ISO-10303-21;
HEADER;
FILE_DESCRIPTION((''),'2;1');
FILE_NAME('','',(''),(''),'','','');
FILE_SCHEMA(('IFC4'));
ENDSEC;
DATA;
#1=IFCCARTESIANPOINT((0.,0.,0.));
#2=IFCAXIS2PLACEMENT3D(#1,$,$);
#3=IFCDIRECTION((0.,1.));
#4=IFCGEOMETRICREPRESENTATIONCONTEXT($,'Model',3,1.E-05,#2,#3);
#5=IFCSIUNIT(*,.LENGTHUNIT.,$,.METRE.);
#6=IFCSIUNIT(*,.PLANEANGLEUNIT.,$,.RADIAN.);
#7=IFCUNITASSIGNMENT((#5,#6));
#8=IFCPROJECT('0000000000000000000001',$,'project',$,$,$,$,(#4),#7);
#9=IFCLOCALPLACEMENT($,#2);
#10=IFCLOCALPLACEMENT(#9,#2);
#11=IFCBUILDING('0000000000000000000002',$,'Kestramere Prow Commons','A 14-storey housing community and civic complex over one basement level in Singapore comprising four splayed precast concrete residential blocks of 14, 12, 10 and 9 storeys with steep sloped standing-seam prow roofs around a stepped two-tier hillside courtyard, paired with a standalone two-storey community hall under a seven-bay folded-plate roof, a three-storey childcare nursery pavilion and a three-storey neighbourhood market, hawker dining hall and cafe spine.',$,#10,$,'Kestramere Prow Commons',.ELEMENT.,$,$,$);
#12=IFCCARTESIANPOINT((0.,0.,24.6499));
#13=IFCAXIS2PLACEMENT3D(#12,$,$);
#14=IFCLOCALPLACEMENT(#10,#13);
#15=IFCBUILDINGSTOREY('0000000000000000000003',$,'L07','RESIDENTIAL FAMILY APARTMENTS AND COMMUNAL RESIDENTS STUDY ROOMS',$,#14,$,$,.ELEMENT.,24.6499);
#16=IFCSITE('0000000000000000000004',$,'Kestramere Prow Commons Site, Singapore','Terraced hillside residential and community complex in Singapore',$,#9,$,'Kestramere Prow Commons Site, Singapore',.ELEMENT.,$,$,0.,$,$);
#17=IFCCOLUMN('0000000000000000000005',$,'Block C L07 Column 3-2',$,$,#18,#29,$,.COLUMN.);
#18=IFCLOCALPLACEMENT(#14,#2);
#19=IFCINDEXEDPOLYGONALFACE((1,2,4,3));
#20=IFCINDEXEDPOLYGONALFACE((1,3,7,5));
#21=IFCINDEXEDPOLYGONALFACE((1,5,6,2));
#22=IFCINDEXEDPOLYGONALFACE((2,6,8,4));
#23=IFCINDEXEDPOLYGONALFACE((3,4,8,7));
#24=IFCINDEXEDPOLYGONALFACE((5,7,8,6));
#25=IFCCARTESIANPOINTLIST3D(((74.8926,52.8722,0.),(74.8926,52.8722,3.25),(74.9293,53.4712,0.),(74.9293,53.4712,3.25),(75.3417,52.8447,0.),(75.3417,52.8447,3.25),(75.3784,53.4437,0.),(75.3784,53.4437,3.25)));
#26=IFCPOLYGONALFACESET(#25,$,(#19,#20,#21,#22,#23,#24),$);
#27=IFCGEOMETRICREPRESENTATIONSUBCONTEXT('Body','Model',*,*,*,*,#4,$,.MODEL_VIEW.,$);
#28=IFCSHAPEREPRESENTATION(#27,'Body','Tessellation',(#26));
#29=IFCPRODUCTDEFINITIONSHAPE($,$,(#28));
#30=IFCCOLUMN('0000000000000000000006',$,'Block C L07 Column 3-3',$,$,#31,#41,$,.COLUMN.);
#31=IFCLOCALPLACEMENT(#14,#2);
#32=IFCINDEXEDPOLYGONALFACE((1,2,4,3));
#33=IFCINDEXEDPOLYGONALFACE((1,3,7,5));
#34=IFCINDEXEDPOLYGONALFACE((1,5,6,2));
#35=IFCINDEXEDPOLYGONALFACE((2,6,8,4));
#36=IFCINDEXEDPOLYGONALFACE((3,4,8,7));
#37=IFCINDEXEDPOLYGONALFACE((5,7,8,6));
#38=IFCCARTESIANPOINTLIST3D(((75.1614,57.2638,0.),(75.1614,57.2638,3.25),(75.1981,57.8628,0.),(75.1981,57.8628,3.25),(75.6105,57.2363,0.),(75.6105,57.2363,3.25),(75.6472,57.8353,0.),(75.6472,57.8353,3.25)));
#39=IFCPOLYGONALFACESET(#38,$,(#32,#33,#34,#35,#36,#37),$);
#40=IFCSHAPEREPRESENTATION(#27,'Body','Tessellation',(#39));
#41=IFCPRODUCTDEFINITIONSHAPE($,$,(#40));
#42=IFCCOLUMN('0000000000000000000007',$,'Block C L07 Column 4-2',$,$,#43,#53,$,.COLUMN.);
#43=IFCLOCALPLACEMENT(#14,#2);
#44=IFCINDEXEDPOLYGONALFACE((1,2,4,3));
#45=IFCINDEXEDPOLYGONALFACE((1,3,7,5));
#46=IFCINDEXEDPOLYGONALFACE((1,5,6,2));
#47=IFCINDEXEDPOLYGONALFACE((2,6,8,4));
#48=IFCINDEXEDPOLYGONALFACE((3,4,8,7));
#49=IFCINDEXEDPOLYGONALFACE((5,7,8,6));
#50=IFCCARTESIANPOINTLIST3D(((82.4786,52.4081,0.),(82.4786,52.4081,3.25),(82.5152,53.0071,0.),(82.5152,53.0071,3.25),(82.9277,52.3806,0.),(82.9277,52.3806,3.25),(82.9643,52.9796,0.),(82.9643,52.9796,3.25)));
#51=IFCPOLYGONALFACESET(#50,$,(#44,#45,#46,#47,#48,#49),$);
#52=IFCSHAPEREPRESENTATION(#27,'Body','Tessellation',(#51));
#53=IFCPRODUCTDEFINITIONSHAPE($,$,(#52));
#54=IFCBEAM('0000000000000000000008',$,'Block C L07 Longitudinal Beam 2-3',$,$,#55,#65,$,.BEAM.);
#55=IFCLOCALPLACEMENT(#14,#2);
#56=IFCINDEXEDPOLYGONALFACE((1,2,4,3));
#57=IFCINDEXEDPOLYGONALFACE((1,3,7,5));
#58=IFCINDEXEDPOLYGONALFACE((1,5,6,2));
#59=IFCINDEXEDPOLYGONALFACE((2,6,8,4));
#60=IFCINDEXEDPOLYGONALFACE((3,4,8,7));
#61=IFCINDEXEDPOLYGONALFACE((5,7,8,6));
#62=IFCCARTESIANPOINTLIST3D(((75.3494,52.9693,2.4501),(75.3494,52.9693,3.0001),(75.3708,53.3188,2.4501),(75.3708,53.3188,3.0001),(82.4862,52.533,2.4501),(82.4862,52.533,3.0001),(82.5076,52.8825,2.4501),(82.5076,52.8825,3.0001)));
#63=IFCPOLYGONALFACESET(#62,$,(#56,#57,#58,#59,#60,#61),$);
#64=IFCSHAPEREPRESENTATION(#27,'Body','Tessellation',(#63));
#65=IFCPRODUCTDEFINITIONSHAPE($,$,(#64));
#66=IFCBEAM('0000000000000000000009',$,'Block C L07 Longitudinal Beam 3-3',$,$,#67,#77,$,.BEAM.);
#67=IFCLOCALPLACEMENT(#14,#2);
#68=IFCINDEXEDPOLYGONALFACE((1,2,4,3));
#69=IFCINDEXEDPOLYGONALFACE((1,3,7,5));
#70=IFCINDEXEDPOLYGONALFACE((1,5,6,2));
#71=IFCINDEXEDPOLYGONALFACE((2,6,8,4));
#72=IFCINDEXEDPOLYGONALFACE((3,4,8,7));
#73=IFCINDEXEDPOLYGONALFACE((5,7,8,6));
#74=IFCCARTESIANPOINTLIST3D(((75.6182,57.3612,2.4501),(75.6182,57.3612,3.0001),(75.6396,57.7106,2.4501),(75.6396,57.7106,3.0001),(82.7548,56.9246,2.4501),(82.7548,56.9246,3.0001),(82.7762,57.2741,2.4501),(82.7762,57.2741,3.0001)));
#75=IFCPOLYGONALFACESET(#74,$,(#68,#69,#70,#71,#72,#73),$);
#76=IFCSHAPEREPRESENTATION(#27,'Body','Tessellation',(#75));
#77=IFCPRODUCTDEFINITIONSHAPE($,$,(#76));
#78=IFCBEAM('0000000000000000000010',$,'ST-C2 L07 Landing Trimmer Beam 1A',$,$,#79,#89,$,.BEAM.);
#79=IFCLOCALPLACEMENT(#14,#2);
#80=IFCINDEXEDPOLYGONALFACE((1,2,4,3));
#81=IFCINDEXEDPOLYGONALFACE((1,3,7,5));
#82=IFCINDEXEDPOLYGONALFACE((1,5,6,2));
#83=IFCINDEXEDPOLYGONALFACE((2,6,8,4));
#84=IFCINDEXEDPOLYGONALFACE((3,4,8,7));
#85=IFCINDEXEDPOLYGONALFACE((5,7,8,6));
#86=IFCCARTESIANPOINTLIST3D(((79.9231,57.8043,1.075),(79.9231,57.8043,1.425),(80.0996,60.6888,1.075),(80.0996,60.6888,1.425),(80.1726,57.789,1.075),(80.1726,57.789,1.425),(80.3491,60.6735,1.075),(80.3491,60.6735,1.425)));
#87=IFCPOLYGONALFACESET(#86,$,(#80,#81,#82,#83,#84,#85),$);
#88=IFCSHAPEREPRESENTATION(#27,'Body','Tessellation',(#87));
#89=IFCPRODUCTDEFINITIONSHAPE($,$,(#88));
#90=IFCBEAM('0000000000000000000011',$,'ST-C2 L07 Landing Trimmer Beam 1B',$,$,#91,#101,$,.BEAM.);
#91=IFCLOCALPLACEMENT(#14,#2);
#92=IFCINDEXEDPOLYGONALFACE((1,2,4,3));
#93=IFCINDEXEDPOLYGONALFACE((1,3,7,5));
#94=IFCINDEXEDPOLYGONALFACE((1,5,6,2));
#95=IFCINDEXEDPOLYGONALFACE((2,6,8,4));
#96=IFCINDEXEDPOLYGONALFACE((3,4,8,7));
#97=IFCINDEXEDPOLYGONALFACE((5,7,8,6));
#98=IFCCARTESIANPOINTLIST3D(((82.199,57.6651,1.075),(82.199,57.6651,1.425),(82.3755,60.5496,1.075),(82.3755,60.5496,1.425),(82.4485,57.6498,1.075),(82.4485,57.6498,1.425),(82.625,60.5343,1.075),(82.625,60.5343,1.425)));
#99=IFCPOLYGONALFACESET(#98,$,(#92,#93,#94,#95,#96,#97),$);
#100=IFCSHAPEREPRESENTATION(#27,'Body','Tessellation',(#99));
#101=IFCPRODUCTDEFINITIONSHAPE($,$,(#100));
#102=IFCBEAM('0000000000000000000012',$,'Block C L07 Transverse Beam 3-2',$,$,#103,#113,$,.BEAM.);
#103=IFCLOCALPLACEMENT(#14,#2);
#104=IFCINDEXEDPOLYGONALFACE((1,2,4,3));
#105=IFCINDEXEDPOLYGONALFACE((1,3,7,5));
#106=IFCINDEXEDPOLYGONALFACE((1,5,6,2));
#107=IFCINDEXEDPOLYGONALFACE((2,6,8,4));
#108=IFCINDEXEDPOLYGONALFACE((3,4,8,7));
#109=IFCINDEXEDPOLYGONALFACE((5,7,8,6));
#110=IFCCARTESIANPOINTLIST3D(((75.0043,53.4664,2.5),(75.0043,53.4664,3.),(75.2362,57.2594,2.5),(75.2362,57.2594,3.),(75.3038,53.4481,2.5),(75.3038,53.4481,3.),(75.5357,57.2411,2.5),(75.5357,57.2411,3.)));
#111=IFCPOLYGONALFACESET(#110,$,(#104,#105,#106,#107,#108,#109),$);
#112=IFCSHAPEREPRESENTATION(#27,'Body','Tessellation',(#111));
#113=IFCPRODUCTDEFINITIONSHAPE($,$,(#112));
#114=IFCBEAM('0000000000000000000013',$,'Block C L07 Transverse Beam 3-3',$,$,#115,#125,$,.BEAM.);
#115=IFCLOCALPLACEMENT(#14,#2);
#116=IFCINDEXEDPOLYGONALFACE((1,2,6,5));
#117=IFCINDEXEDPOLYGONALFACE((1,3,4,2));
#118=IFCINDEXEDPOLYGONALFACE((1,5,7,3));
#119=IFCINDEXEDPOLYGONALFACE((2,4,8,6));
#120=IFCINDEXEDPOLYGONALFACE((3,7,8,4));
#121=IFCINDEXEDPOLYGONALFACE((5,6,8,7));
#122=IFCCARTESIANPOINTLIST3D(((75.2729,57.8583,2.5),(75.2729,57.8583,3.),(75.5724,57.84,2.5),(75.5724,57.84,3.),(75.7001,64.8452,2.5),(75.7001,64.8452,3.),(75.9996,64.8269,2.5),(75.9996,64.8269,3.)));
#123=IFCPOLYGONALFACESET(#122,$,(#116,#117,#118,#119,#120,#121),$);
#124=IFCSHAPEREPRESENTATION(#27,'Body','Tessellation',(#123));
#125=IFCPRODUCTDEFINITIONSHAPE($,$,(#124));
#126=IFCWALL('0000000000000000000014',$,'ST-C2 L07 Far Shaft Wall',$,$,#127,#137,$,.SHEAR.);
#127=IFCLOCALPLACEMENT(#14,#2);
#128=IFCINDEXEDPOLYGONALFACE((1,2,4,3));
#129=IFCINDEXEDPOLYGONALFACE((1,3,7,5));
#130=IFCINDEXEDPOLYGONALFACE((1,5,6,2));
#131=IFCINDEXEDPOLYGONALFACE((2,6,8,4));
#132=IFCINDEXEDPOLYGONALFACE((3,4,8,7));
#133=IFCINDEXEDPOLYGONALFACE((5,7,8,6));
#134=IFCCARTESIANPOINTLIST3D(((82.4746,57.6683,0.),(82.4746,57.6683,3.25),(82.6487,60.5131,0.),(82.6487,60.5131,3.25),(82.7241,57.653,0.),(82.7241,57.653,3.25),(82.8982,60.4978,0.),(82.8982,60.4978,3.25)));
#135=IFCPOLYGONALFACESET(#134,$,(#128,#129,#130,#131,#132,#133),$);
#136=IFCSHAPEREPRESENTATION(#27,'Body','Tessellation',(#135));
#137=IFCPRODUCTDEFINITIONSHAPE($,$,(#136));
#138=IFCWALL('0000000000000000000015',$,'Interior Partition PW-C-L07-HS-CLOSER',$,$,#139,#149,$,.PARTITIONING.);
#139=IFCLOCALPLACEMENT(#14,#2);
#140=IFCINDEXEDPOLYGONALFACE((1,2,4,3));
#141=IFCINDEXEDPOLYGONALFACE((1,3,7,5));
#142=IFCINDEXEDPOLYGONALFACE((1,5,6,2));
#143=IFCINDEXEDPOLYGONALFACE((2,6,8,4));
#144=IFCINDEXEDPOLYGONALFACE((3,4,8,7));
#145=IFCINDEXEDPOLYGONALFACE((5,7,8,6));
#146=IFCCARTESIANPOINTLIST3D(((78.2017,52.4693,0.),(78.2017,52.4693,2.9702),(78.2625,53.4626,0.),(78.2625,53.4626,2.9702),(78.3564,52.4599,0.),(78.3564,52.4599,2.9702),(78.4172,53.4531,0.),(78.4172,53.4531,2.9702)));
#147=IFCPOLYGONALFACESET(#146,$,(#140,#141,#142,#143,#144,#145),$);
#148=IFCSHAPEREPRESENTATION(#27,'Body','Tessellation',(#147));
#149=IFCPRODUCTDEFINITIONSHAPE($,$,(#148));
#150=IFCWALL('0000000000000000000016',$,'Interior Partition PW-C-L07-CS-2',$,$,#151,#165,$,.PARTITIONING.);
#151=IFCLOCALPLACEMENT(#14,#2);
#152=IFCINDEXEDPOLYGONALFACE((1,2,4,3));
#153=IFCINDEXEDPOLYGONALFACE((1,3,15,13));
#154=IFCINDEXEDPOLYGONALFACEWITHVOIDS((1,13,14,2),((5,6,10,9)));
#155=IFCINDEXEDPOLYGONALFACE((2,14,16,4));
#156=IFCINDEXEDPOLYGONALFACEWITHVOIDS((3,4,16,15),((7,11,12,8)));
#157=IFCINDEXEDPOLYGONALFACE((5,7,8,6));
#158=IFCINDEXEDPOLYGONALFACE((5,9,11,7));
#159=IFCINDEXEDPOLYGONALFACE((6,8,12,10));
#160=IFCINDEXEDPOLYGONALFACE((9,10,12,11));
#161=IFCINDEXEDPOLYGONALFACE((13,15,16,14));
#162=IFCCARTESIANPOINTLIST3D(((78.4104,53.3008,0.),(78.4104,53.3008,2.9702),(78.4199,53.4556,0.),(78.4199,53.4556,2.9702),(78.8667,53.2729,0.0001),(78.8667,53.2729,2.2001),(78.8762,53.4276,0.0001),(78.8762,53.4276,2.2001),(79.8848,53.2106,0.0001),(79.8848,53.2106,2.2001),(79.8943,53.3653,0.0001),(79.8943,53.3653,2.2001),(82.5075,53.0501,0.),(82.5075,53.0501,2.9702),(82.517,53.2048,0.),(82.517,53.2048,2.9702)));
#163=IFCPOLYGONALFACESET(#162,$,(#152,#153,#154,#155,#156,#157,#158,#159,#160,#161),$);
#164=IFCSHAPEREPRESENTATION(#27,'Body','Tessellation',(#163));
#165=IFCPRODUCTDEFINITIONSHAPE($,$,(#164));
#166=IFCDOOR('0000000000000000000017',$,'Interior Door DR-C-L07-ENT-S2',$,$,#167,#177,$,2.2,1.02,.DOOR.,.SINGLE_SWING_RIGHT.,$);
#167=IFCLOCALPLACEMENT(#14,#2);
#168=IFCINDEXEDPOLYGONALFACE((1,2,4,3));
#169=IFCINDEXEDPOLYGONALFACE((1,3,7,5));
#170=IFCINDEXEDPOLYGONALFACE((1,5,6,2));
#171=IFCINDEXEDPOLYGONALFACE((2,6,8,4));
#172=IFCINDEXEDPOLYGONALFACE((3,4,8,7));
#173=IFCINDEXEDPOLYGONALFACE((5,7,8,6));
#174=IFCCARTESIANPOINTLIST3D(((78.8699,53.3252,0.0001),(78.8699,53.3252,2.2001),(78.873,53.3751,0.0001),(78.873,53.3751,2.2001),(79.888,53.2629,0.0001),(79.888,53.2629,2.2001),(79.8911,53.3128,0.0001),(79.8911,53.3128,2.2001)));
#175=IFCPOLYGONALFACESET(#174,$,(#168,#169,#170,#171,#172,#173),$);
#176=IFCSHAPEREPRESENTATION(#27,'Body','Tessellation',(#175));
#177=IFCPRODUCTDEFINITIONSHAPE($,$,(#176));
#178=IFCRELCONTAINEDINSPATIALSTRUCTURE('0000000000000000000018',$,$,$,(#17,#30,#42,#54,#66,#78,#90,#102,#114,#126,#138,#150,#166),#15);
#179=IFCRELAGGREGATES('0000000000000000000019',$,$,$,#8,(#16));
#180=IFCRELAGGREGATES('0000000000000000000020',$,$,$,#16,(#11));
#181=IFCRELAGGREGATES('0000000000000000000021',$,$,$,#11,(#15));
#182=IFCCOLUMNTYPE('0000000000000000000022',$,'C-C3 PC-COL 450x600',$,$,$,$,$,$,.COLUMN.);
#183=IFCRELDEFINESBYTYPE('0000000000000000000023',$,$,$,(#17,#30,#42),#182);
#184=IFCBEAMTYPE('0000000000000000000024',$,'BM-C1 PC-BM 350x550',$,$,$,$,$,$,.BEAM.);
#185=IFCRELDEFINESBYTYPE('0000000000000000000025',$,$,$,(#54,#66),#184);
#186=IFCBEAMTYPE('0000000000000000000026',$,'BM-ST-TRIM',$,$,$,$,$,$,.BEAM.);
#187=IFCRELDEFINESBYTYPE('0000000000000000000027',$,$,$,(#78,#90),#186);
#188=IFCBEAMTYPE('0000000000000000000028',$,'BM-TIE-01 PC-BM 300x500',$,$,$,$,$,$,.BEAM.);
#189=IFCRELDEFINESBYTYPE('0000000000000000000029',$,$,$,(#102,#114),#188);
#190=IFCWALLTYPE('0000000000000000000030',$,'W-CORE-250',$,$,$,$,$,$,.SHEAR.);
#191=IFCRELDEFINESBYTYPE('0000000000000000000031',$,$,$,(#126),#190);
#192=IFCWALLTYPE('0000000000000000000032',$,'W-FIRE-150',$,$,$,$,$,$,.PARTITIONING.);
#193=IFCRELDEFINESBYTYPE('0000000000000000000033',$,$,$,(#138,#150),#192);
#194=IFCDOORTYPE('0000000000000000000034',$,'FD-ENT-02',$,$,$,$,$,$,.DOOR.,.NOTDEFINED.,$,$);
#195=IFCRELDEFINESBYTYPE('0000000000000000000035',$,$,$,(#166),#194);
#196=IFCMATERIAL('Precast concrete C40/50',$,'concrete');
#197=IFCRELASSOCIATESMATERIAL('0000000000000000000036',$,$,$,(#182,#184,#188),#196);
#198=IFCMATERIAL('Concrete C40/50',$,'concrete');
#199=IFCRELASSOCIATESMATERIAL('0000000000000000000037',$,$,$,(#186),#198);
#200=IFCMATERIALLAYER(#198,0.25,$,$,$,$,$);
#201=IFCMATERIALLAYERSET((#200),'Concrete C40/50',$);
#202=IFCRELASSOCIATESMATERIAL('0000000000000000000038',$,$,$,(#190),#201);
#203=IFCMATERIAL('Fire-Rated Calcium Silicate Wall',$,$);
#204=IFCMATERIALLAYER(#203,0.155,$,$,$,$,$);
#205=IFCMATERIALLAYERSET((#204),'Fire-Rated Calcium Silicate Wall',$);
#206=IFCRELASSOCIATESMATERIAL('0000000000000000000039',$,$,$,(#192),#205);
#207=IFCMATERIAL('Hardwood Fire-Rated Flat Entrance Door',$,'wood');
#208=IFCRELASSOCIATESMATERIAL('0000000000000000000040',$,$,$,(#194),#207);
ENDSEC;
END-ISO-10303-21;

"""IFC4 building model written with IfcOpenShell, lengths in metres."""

from ifc_helpers import new_model, si_unit, direction, frame, frame_2d, origin, origin_2d, place, context, subcontext, project, spatial, rectangle, extrude, material, layer, layer_set, material_profile, profile_set, type_object, element, fill, save


model = new_model("IFC4")

# Units and contexts
model_context = context("Model", 3, precision=1e-05, world=origin(), true_north=direction((0.0, 1.0)))
body_context = subcontext(model_context, "Body", "Model", "MODEL_VIEW")
ifc_project = project(units=[si_unit("LENGTHUNIT", "METRE"), si_unit("PLANEANGLEUNIT", "RADIAN")], contexts=[model_context])

# Site, building, storey
site_placement = place(None, origin())
site = spatial("IfcSite", under=ifc_project, at=site_placement, Name="Kestramere Prow Commons Site, Singapore", Description="Terraced hillside residential and community complex in Singapore", LongName="Kestramere Prow Commons Site, Singapore", CompositionType="ELEMENT", RefElevation=0.0)
building_placement = place(site_placement, origin())
building = spatial("IfcBuilding", under=site, at=building_placement, Name="Kestramere Prow Commons", Description="A 14-storey housing community and civic complex over one basement level in Singapore comprising four splayed precast concrete residential blocks of 14, 12, 10 and 9 storeys with steep sloped standing-seam prow roofs around a stepped two-tier hillside courtyard, paired with a standalone two-storey community hall under a seven-bay folded-plate roof, a three-storey childcare nursery pavilion and a three-storey neighbourhood market, hawker dining hall and cafe spine.", LongName="Kestramere Prow Commons", CompositionType="ELEMENT")
storey_placement = place(building_placement, frame((0.0, 0.0, 24.6499)))
storey = spatial("IfcBuildingStorey", under=building, at=storey_placement, Name="L07", Description="RESIDENTIAL FAMILY APARTMENTS AND COMMUNAL RESIDENTS STUDY ROOMS", CompositionType="ELEMENT", Elevation=24.6499)

# Columns
ifc_material_1 = material(Name="Precast concrete C40/50", Category="concrete")
ifc_material_profile_1 = material_profile(ifc_material_1, rectangle(XDim=0.45, YDim=0.6001, at=origin_2d()), Name="PC-COL 450x600")
ifc_profile_set_1 = profile_set([ifc_material_profile_1], Name="Precast concrete C40/50")
column_type = type_object("IfcColumnType", Name="C-C3 PC-COL 450x600", PredefinedType="COLUMN", material=ifc_profile_set_1)
for number, where, z_axis, x_axis, name in (
    (1, (75.1355, 53.158, 0.0), (0.0, 0.0, 1.0), (0.998135, -0.061049, 0.0), "Block C L07 Column 3-2"),
    (2, (75.4043, 57.5496, 0.0), (0.0, 0.0, 1.0), (0.998135, -0.061049, 0.0), "Block C L07 Column 3-3"),
    (3, (82.7214, 52.6938, 0.0), (0.0, 0.0, 1.0), (0.998135, -0.061049, 0.0), "Block C L07 Column 4-2"),
):
    element("IfcColumn", number, at=place(storey_placement, frame(where, z_axis=z_axis, x_axis=x_axis)), inside=storey, type_object=column_type, Name=name, PredefinedType="COLUMN", context=body_context, shape_type="SweptSolid", body=[
        extrude(rectangle(XDim=0.45, YDim=0.6001, at=origin_2d()), origin(), (0.0, 0.0, 1.0), 3.25),
    ])

# Beams
ifc_material_profile_2 = material_profile(ifc_material_1, rectangle(XDim=0.3501, YDim=0.55, at=origin_2d()), Name="PC-BM 350x550")
ifc_profile_set_2 = profile_set([ifc_material_profile_2], Name="Precast concrete C40/50")
beam_type_1 = type_object("IfcBeamType", Name="BM-C1 PC-BM 350x550", PredefinedType="BEAM", material=ifc_profile_set_2)
beam_1_placement = place(storey_placement, frame((75.3601, 53.144, 2.7251), z_axis=(0.998137, -0.061018, 0.0), x_axis=(0.061018, 0.998137, 0.0)))
element("IfcBeam", 4, at=beam_1_placement, inside=storey, type_object=beam_type_1, Name="Block C L07 Longitudinal Beam 2-3", PredefinedType="BEAM", context=body_context, shape_type="SweptSolid", body=[
    extrude(rectangle(XDim=0.3501, YDim=0.55, at=origin_2d()), origin(), (0.0, 0.0, 1.0), 7.1501),
])
beam_2_placement = place(storey_placement, frame((75.6289, 57.5359, 2.7251), z_axis=(0.998134, -0.061054, 0.0), x_axis=(0.061054, 0.998134, 0.0)))
element("IfcBeam", 5, at=beam_2_placement, inside=storey, type_object=beam_type_1, Name="Block C L07 Longitudinal Beam 3-3", PredefinedType="BEAM", context=body_context, shape_type="SweptSolid", body=[
    extrude(rectangle(XDim=0.3501, YDim=0.55, at=origin_2d()), origin(), (0.0, 0.0, 1.0), 7.1499),
])
ifc_material_2 = material(Name="Concrete C40/50", Category="concrete")
ifc_material_profile_3 = material_profile(ifc_material_2, rectangle(XDim=0.25, YDim=0.3501, at=origin_2d()), Name="PC-BM 250x350")
ifc_profile_set_3 = profile_set([ifc_material_profile_3], Name="Concrete C40/50")
beam_type_2 = type_object("IfcBeamType", Name="BM-ST-TRIM", PredefinedType="BEAM", material=ifc_profile_set_3)
for number, where, z_axis, x_axis, name in (
    (6, (80.0479, 57.7966, 1.25), (0.061079, 0.998133, 0.0), (-0.998133, 0.061079, 0.0), "ST-C2 L07 Landing Trimmer Beam 1A"),
    (7, (82.3237, 57.6575, 1.25), (0.061079, 0.998133, 0.0), (-0.998133, 0.061079, 0.0), "ST-C2 L07 Landing Trimmer Beam 1B"),
):
    element("IfcBeam", number, at=place(storey_placement, frame(where, z_axis=z_axis, x_axis=x_axis)), inside=storey, type_object=beam_type_2, Name=name, PredefinedType="BEAM", context=body_context, shape_type="SweptSolid", body=[
        extrude(rectangle(XDim=0.25, YDim=0.3501, at=origin_2d()), origin(), (0.0, 0.0, 1.0), 2.8899),
    ])
ifc_material_profile_4 = material_profile(ifc_material_1, rectangle(XDim=0.3, YDim=0.5, at=origin_2d()), Name="PC-BM 300x500")
ifc_profile_set_4 = profile_set([ifc_material_profile_4], Name="Precast concrete C40/50")
beam_type_3 = type_object("IfcBeamType", Name="BM-TIE-01 PC-BM 300x500", PredefinedType="BEAM", material=ifc_profile_set_4)
beam_3_placement = place(storey_placement, frame((75.1541, 53.4573, 2.75), z_axis=(0.061034, 0.998136, 0.0), x_axis=(-0.998136, 0.061034, 0.0)))
element("IfcBeam", 8, at=beam_3_placement, inside=storey, type_object=beam_type_3, Name="Block C L07 Transverse Beam 3-2", PredefinedType="BEAM", context=body_context, shape_type="SweptSolid", body=[
    extrude(rectangle(XDim=0.3, YDim=0.5, at=origin_2d()), origin(), (0.0, 0.0, 1.0), 3.8),
])
beam_4_placement = place(storey_placement, frame((75.4226, 57.8491, 2.75), z_axis=(0.061034, 0.998136, 0.0), x_axis=(-0.998136, 0.061034, 0.0)))
element("IfcBeam", 9, at=beam_4_placement, inside=storey, type_object=beam_type_3, Name="Block C L07 Transverse Beam 3-3", PredefinedType="BEAM", context=body_context, shape_type="SweptSolid", body=[
    extrude(rectangle(XDim=0.3, YDim=0.5, at=origin_2d()), origin(), (0.0, 0.0, 1.0), 7.0),
])

# Walls
ifc_layer_1 = layer(ifc_material_2, 0.25)
ifc_layer_set_1 = layer_set([ifc_layer_1], Name="Concrete C40/50")
wall_type_1 = type_object("IfcWallType", Name="W-CORE-250", PredefinedType="SHEAR", material=ifc_layer_set_1)
wall_1_placement = place(storey_placement, frame((82.5994, 57.6606, 0.0), z_axis=(0.0, 0.0, 1.0), x_axis=(0.061077, 0.998133, 0.0)))
element("IfcWall", 10, at=wall_1_placement, inside=storey, type_object=wall_type_1, Name="ST-C2 L07 Far Shaft Wall", PredefinedType="SHEAR", context=body_context, shape_type="SweptSolid", body=[
    extrude(rectangle(XDim=2.8501, YDim=0.25, at=frame_2d((1.425, 0.0))), origin(), (0.0, 0.0, 1.0), 3.25),
])
ifc_material_3 = material(Name="Fire-Rated Calcium Silicate Wall")
ifc_layer_2 = layer(ifc_material_3, 0.155)
ifc_layer_set_2 = layer_set([ifc_layer_2], Name="Fire-Rated Calcium Silicate Wall")
wall_type_2 = type_object("IfcWallType", Name="W-FIRE-150", PredefinedType="PARTITIONING", material=ifc_layer_set_2)
wall_2_placement = place(storey_placement, frame((78.2791, 52.4646, 0.0), z_axis=(0.0, 0.0, 1.0), x_axis=(0.061095, 0.998132, 0.0)))
element("IfcWall", 11, at=wall_2_placement, inside=storey, type_object=wall_type_2, Name="Interior Partition PW-C-L07-HS-CLOSER", PredefinedType="PARTITIONING", context=body_context, shape_type="SweptSolid", body=[
    extrude(rectangle(XDim=0.9951, YDim=0.155, at=frame_2d((0.4976, 0.0))), origin(), (0.0, 0.0, 1.0), 2.9702),
])

# Wall, opening, door
wall_3_placement = place(storey_placement, frame((78.4153, 53.3782, 0.0), z_axis=(0.0, 0.0, 1.0), x_axis=(0.998133, -0.061082, 0.0)))
wall_3 = element("IfcWall", 12, at=wall_3_placement, inside=storey, type_object=wall_type_2, Name="Interior Partition PW-C-L07-CS-2", PredefinedType="PARTITIONING", context=body_context, shape_type="SweptSolid", body=[
    extrude(rectangle(XDim=4.1047, YDim=0.155, at=frame_2d((2.0522, 0.0))), origin(), (0.0, 0.0, 1.0), 2.9702),
])
opening_1_placement = place(wall_3_placement, frame((0.457, 0.0, 0.0)))
opening_1 = element("IfcOpeningElement", 13, at=opening_1_placement, cuts=wall_3, PredefinedType="OPENING", context=body_context, shape_type="SweptSolid", body=[
    extrude(rectangle(XDim=1.02, YDim=2.2, at=frame_2d((0.51, 1.1001))), frame((0.0, 0.0925, 0.0), z_axis=(0.0, -1.0, 0.0), x_axis=(1.0, 0.0, 0.0)), (0.0, 0.0, 1.0), 0.1851),
])
ifc_material_4 = material(Name="Hardwood Fire-Rated Flat Entrance Door", Category="wood")
door_type_1 = type_object("IfcDoorType", Name="FD-ENT-02", OperationType="NOTDEFINED", PredefinedType="DOOR", material=ifc_material_4)
door_1_placement = place(opening_1_placement, origin())
door_1 = element("IfcDoor", 14, at=door_1_placement, inside=storey, type_object=door_type_1, Name="Interior Door DR-C-L07-ENT-S2", OperationType="SINGLE_SWING_RIGHT", OverallHeight=2.2, OverallWidth=1.02, PredefinedType="DOOR", context=body_context, shape_type="SweptSolid", body=[
    extrude(rectangle(XDim=1.02, YDim=2.2, at=frame_2d((0.51, 1.1001))), frame((0.0, 0.0249, 0.0), z_axis=(0.0, -1.0, 0.0), x_axis=(1.0, 0.0, 0.0)), (0.0, 0.0, 1.0), 0.05),
])
fill(opening_1, door_1)

save(model, "model.ifc")
